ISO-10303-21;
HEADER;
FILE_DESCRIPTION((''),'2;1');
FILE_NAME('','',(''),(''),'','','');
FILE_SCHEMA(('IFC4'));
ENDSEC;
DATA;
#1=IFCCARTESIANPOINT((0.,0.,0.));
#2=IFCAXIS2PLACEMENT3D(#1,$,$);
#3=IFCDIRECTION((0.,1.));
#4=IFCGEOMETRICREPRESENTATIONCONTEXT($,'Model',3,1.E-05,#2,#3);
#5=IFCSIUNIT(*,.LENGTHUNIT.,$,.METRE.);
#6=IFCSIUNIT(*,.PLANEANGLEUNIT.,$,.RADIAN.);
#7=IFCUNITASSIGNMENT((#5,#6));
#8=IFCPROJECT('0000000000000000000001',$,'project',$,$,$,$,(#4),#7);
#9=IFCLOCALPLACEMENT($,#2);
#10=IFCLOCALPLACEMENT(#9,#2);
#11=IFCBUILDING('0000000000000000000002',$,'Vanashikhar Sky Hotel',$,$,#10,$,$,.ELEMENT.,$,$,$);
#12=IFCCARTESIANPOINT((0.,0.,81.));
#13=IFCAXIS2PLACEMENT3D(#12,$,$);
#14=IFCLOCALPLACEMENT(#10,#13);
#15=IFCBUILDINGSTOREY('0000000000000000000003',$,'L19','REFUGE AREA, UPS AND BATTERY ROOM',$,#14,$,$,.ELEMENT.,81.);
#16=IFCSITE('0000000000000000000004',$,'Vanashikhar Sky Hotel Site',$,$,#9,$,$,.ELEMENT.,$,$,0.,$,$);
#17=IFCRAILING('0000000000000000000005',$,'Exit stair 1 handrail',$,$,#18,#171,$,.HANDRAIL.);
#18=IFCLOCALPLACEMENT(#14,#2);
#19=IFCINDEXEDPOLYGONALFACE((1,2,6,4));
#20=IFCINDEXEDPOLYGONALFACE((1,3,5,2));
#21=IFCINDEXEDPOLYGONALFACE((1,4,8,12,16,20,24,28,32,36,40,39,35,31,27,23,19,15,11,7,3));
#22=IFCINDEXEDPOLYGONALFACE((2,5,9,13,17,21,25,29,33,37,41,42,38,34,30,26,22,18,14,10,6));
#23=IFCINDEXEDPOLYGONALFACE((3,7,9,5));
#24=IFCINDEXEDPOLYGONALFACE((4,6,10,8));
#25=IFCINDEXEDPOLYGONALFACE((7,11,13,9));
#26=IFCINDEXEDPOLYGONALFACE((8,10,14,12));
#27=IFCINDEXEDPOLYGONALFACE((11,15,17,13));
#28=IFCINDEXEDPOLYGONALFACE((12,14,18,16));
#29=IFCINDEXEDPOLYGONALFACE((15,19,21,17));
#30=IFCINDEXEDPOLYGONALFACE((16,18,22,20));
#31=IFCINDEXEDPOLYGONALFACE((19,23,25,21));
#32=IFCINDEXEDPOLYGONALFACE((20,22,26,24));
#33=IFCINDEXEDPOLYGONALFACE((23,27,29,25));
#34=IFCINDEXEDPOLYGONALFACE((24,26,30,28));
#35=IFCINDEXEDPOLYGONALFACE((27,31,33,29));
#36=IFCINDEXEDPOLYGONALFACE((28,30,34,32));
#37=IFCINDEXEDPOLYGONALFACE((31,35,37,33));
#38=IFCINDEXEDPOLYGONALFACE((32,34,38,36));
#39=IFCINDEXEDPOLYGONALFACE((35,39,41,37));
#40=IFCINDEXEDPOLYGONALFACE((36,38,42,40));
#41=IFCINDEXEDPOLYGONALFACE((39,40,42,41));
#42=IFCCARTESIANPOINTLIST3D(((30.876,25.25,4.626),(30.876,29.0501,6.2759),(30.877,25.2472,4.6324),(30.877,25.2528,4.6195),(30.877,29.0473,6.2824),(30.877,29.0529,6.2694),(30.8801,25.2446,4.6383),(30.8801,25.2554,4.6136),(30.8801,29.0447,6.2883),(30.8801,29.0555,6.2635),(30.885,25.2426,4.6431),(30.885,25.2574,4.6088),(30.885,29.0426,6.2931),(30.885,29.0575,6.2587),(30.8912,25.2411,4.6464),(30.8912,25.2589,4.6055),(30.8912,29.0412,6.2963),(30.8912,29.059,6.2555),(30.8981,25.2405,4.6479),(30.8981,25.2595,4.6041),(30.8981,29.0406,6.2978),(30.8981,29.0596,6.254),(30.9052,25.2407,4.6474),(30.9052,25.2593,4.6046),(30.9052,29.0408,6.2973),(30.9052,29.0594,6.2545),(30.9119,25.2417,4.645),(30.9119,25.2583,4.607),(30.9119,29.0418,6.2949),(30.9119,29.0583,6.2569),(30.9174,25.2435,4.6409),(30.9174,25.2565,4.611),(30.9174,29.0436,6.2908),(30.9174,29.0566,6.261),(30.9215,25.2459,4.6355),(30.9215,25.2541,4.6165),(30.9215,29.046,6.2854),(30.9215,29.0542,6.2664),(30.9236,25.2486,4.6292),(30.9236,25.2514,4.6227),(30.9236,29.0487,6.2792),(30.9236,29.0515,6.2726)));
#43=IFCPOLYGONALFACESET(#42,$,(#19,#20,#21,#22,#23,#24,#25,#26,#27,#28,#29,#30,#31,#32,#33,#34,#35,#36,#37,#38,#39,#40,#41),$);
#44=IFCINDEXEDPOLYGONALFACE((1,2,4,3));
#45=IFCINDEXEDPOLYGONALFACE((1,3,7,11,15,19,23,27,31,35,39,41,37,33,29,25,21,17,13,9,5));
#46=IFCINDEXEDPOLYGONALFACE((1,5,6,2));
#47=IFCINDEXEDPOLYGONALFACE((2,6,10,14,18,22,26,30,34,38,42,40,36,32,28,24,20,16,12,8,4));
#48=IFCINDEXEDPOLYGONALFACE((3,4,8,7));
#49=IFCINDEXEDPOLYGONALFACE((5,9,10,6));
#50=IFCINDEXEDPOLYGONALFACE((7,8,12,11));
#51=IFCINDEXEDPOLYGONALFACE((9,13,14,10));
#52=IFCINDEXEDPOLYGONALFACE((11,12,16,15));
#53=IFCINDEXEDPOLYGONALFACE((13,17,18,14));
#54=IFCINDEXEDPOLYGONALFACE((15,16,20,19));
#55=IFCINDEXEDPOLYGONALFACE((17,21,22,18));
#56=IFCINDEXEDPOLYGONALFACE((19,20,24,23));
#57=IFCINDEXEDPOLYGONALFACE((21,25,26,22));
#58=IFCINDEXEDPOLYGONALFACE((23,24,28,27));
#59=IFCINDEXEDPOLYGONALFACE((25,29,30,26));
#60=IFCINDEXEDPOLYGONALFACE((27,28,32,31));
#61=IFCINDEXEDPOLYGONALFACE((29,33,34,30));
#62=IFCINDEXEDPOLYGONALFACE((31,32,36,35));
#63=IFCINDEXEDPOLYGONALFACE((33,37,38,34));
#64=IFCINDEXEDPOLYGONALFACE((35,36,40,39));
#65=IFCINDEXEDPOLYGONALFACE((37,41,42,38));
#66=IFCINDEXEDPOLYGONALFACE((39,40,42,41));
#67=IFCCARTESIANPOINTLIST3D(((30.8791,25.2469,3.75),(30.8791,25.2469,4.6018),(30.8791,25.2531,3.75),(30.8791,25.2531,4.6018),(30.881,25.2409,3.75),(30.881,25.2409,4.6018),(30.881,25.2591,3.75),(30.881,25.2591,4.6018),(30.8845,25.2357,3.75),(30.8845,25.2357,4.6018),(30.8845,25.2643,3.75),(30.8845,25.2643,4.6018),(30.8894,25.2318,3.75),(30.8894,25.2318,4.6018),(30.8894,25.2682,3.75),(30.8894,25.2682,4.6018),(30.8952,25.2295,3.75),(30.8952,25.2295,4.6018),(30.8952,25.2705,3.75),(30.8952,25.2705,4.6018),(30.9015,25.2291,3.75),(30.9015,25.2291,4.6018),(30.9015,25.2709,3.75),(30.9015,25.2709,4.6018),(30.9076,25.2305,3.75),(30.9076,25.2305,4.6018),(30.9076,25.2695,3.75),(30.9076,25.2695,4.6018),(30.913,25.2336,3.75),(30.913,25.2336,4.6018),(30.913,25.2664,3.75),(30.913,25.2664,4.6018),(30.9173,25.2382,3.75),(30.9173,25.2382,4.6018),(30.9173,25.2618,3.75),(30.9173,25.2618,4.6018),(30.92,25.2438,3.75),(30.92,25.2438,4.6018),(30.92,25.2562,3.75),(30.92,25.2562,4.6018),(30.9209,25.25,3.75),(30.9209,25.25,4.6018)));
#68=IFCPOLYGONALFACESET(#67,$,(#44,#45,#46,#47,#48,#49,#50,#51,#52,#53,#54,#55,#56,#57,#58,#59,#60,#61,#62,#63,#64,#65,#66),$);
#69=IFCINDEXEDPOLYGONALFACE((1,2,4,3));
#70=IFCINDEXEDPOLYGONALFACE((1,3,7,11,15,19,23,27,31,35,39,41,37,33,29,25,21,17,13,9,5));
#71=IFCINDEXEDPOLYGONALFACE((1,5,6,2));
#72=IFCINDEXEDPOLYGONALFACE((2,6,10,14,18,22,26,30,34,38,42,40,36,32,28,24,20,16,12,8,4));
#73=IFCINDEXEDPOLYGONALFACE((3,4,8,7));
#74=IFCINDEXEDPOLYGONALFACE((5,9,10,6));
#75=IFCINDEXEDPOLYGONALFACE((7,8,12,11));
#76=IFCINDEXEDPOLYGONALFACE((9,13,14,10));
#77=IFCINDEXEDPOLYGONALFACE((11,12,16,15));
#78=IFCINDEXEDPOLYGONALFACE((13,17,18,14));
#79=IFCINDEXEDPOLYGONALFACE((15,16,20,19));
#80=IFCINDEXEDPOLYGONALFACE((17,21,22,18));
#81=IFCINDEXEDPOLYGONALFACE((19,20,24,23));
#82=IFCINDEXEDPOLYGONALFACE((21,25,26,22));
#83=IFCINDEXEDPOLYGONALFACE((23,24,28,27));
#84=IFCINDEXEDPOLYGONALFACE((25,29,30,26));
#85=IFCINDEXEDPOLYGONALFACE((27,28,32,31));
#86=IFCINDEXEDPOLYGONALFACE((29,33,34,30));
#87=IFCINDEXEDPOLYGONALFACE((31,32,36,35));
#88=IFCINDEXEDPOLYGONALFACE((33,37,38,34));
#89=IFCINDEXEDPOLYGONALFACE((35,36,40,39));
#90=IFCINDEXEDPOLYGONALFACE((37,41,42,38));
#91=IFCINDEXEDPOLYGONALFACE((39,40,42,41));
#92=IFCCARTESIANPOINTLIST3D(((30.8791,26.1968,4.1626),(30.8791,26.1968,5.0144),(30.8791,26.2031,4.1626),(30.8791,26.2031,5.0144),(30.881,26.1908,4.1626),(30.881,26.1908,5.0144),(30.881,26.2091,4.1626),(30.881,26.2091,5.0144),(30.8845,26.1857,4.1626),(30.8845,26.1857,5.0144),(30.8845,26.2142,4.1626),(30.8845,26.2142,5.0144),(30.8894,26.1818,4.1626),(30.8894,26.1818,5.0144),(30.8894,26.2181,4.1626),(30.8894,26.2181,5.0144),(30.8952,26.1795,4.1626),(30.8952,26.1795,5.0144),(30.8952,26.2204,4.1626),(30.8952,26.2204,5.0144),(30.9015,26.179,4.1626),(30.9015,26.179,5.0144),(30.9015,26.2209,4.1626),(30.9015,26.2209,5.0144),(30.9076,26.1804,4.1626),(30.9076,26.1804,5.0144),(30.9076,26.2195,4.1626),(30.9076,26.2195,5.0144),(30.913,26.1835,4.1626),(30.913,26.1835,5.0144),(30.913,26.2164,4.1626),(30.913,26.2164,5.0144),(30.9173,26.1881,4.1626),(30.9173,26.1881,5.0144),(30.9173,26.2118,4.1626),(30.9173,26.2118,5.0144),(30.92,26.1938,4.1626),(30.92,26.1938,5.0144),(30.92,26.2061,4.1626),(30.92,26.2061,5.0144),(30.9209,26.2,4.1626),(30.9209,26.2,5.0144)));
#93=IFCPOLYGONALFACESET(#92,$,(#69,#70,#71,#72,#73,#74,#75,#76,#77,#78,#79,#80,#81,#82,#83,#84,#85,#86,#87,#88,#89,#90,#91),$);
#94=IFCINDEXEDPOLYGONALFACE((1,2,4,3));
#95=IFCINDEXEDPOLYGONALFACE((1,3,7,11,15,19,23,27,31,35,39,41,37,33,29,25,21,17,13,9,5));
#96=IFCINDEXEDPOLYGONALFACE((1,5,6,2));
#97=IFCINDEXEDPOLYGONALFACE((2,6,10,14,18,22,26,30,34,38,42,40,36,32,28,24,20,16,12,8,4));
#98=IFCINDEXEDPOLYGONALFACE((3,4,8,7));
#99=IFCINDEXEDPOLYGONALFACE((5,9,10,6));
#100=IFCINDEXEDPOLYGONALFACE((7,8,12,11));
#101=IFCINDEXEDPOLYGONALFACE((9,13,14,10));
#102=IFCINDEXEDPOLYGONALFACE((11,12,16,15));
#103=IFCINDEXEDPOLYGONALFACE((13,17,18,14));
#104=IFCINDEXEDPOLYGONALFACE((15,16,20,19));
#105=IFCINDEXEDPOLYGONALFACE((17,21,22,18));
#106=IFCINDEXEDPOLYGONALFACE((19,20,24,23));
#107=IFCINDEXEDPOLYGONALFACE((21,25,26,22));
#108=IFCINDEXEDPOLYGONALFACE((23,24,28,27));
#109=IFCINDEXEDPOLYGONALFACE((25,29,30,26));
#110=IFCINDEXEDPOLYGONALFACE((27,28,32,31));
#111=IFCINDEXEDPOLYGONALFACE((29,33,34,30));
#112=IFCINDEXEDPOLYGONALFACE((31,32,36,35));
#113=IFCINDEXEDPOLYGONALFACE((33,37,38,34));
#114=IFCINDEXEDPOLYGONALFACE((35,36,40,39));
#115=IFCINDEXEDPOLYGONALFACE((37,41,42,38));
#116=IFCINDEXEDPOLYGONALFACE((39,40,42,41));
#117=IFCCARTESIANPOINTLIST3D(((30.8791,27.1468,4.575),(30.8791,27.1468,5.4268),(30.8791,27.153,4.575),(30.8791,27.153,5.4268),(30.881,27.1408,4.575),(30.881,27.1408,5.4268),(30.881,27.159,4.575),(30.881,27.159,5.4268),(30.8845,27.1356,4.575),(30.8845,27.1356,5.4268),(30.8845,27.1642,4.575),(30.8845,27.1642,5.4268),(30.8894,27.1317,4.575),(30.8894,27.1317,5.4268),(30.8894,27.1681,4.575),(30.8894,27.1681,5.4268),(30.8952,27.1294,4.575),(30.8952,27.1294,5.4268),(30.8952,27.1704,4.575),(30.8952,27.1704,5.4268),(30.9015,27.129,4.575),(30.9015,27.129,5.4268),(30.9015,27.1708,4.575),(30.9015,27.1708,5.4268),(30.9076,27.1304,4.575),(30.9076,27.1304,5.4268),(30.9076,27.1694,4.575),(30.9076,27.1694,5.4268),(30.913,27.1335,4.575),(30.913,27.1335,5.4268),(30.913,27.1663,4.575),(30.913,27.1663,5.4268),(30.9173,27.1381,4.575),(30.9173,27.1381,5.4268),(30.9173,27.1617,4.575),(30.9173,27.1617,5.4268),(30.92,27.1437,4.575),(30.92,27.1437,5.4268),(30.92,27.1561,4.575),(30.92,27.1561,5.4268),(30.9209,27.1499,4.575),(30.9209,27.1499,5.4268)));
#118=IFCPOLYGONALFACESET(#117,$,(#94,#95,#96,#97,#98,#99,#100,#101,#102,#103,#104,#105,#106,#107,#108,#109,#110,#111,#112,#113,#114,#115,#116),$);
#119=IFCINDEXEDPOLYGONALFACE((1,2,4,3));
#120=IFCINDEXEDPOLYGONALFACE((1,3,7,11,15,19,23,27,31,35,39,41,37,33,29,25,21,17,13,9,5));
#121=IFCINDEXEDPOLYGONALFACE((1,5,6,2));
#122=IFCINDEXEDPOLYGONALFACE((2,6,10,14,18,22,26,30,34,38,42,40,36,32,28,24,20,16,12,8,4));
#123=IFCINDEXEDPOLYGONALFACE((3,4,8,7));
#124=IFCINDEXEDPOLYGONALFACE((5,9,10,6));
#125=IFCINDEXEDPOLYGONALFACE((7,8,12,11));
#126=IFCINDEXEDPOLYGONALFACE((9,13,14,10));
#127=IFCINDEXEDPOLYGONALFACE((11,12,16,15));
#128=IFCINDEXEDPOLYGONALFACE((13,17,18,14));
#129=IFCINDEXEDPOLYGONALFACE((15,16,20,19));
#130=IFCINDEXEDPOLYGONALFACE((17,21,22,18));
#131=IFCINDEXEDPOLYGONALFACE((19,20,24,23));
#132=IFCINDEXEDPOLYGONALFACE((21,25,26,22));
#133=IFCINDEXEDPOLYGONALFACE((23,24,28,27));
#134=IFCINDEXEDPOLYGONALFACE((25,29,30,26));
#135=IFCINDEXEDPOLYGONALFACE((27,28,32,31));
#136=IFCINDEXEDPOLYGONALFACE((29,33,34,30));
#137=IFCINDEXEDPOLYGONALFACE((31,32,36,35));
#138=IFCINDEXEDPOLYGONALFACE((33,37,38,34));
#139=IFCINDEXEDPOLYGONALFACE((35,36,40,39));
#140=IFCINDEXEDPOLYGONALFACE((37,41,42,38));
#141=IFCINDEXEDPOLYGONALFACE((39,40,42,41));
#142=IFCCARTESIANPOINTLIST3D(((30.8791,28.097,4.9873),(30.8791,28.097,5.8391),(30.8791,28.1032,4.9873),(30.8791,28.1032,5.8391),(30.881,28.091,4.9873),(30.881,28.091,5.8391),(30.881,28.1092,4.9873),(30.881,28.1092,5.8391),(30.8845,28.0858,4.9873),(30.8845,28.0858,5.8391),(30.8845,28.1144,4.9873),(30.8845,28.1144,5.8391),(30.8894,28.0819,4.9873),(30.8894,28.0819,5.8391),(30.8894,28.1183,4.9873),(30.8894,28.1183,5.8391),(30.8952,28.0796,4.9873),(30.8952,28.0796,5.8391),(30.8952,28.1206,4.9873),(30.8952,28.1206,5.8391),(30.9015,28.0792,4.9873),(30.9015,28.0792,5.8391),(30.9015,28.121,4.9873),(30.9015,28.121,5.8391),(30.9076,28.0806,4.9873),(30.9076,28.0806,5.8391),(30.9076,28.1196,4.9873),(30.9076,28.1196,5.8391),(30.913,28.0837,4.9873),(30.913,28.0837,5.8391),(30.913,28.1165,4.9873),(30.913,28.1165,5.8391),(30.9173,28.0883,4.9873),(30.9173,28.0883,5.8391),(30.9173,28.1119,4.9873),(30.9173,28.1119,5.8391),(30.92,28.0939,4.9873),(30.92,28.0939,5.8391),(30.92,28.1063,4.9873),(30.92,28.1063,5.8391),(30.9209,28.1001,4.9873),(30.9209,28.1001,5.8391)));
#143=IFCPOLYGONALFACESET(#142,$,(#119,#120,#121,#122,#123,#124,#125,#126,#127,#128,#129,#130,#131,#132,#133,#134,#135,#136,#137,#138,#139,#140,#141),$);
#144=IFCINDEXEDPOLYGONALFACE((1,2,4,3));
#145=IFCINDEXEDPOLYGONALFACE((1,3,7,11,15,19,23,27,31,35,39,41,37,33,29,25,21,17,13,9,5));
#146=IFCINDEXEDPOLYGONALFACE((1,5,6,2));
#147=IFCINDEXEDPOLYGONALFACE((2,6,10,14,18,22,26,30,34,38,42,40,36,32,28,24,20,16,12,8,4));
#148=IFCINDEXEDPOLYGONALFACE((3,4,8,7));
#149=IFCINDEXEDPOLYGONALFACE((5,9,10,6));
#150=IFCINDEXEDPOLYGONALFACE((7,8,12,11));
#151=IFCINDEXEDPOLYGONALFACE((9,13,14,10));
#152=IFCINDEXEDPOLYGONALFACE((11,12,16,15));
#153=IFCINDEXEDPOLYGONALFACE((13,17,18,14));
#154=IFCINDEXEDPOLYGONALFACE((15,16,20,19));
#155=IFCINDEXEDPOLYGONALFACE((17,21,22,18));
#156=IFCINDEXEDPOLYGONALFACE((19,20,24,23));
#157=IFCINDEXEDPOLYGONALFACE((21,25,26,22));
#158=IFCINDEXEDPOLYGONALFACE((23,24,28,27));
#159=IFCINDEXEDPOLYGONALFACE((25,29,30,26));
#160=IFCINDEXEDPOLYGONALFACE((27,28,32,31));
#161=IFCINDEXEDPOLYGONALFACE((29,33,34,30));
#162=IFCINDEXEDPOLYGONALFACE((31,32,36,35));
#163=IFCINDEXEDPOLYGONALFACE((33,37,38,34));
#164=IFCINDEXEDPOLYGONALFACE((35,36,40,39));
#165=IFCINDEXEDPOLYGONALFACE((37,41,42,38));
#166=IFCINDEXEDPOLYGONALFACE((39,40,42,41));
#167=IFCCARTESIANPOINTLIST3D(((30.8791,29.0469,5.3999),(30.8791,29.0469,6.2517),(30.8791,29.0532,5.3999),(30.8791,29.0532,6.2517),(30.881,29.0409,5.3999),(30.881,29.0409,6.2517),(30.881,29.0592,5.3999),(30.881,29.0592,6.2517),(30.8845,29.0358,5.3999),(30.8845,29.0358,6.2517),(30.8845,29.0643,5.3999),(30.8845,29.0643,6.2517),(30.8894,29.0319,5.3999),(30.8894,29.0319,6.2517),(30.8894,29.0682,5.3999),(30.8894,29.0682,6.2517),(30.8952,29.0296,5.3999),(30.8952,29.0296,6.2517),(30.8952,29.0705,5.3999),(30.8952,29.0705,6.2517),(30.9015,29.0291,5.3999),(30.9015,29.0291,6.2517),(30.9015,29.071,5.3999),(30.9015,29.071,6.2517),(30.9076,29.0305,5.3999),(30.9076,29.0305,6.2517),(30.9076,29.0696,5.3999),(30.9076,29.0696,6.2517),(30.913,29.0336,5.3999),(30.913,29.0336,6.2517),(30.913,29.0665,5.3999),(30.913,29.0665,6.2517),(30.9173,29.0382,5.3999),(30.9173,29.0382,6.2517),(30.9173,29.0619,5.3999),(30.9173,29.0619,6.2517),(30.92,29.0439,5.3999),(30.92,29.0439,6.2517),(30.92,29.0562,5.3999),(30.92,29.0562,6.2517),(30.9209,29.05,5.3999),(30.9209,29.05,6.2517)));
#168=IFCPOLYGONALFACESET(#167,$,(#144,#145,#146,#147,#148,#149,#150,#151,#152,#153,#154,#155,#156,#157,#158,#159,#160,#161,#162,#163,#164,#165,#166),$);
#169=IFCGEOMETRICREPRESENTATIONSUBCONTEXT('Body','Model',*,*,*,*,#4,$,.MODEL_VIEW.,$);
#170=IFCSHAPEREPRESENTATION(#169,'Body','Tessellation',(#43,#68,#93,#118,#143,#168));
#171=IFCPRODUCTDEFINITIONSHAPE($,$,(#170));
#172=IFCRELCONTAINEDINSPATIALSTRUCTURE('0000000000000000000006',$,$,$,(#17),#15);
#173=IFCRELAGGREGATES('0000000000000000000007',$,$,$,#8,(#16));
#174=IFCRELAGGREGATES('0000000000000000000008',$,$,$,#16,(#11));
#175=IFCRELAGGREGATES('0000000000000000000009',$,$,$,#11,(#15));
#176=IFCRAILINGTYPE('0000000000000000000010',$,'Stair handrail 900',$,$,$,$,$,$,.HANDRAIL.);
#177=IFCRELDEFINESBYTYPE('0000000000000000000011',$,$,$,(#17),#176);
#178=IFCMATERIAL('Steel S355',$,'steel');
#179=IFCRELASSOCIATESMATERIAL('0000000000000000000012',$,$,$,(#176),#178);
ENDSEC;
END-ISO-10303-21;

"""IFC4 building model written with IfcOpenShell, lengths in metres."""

from ifc_helpers import new_model, si_unit, direction, frame, origin, origin_2d, place, context, subcontext, project, spatial, circle, extrude, source, transform, mapped, material, type_object, element, save


model = new_model("IFC4")

# Units and contexts
model_context = context("Model", 3, precision=1e-05, world=origin(), true_north=direction((0.0, 1.0)))
body_context = subcontext(model_context, "Body", "Model", "MODEL_VIEW")
ifc_project = project(units=[si_unit("LENGTHUNIT", "METRE"), si_unit("PLANEANGLEUNIT", "RADIAN")], contexts=[model_context])

# Site, building, storey
site_placement = place(None, origin())
site = spatial("IfcSite", under=ifc_project, at=site_placement, Name="Vanashikhar Sky Hotel Site", CompositionType="ELEMENT", RefElevation=0.0)
building_placement = place(site_placement, origin())
building = spatial("IfcBuilding", under=site, at=building_placement, Name="Vanashikhar Sky Hotel", CompositionType="ELEMENT")
storey_placement = place(building_placement, frame((0.0, 0.0, 81.0)))
storey = spatial("IfcBuildingStorey", under=building, at=storey_placement, Name="L19", Description="REFUGE AREA, UPS AND BATTERY ROOM", CompositionType="ELEMENT", Elevation=81.0)

# Railing
ifc_material_1 = material(Name="Steel S355", Category="steel")
railing_type_1 = type_object("IfcRailingType", Name="Stair handrail 900", PredefinedType="HANDRAIL", material=ifc_material_1)
shared_shape_1 = source(origin(), body_context, "Body", "SweptSolid", [
    extrude(circle(Radius=0.0239, at=origin_2d()), frame((0.0, 0.0, 0.876), z_axis=(0.0, 0.917272, 0.398261), x_axis=(-1.0, 0.0, 0.0)), (0.0, 0.0, 1.0), 4.1428),
    extrude(circle(Radius=0.021, at=origin_2d()), origin(), (0.0, 0.0, 1.0), 0.8518),
    extrude(circle(Radius=0.021, at=origin_2d()), frame((0.0, 0.95, 0.4126)), (0.0, 0.0, 1.0), 0.8518),
    extrude(circle(Radius=0.021, at=origin_2d()), frame((0.0, 1.8999, 0.825)), (0.0, 0.0, 1.0), 0.8518),
    extrude(circle(Radius=0.021, at=origin_2d()), frame((0.0, 2.8501, 1.2373)), (0.0, 0.0, 1.0), 0.8518),
    extrude(circle(Radius=0.021, at=origin_2d()), frame((0.0, 3.8, 1.6499)), (0.0, 0.0, 1.0), 0.8518),
])
railing_1_placement = place(storey_placement, frame((30.8999, 25.25, 3.75)))
element("IfcRailing", 1, at=railing_1_placement, inside=storey, type_object=railing_type_1, Name="Exit stair 1 handrail", PredefinedType="HANDRAIL", context=body_context, shape_type="MappedRepresentation", body=[
    mapped(shared_shape_1, transform((0.0, 0.0, 0.0), scale=1.0)),
])

save(model, "model.ifc")
